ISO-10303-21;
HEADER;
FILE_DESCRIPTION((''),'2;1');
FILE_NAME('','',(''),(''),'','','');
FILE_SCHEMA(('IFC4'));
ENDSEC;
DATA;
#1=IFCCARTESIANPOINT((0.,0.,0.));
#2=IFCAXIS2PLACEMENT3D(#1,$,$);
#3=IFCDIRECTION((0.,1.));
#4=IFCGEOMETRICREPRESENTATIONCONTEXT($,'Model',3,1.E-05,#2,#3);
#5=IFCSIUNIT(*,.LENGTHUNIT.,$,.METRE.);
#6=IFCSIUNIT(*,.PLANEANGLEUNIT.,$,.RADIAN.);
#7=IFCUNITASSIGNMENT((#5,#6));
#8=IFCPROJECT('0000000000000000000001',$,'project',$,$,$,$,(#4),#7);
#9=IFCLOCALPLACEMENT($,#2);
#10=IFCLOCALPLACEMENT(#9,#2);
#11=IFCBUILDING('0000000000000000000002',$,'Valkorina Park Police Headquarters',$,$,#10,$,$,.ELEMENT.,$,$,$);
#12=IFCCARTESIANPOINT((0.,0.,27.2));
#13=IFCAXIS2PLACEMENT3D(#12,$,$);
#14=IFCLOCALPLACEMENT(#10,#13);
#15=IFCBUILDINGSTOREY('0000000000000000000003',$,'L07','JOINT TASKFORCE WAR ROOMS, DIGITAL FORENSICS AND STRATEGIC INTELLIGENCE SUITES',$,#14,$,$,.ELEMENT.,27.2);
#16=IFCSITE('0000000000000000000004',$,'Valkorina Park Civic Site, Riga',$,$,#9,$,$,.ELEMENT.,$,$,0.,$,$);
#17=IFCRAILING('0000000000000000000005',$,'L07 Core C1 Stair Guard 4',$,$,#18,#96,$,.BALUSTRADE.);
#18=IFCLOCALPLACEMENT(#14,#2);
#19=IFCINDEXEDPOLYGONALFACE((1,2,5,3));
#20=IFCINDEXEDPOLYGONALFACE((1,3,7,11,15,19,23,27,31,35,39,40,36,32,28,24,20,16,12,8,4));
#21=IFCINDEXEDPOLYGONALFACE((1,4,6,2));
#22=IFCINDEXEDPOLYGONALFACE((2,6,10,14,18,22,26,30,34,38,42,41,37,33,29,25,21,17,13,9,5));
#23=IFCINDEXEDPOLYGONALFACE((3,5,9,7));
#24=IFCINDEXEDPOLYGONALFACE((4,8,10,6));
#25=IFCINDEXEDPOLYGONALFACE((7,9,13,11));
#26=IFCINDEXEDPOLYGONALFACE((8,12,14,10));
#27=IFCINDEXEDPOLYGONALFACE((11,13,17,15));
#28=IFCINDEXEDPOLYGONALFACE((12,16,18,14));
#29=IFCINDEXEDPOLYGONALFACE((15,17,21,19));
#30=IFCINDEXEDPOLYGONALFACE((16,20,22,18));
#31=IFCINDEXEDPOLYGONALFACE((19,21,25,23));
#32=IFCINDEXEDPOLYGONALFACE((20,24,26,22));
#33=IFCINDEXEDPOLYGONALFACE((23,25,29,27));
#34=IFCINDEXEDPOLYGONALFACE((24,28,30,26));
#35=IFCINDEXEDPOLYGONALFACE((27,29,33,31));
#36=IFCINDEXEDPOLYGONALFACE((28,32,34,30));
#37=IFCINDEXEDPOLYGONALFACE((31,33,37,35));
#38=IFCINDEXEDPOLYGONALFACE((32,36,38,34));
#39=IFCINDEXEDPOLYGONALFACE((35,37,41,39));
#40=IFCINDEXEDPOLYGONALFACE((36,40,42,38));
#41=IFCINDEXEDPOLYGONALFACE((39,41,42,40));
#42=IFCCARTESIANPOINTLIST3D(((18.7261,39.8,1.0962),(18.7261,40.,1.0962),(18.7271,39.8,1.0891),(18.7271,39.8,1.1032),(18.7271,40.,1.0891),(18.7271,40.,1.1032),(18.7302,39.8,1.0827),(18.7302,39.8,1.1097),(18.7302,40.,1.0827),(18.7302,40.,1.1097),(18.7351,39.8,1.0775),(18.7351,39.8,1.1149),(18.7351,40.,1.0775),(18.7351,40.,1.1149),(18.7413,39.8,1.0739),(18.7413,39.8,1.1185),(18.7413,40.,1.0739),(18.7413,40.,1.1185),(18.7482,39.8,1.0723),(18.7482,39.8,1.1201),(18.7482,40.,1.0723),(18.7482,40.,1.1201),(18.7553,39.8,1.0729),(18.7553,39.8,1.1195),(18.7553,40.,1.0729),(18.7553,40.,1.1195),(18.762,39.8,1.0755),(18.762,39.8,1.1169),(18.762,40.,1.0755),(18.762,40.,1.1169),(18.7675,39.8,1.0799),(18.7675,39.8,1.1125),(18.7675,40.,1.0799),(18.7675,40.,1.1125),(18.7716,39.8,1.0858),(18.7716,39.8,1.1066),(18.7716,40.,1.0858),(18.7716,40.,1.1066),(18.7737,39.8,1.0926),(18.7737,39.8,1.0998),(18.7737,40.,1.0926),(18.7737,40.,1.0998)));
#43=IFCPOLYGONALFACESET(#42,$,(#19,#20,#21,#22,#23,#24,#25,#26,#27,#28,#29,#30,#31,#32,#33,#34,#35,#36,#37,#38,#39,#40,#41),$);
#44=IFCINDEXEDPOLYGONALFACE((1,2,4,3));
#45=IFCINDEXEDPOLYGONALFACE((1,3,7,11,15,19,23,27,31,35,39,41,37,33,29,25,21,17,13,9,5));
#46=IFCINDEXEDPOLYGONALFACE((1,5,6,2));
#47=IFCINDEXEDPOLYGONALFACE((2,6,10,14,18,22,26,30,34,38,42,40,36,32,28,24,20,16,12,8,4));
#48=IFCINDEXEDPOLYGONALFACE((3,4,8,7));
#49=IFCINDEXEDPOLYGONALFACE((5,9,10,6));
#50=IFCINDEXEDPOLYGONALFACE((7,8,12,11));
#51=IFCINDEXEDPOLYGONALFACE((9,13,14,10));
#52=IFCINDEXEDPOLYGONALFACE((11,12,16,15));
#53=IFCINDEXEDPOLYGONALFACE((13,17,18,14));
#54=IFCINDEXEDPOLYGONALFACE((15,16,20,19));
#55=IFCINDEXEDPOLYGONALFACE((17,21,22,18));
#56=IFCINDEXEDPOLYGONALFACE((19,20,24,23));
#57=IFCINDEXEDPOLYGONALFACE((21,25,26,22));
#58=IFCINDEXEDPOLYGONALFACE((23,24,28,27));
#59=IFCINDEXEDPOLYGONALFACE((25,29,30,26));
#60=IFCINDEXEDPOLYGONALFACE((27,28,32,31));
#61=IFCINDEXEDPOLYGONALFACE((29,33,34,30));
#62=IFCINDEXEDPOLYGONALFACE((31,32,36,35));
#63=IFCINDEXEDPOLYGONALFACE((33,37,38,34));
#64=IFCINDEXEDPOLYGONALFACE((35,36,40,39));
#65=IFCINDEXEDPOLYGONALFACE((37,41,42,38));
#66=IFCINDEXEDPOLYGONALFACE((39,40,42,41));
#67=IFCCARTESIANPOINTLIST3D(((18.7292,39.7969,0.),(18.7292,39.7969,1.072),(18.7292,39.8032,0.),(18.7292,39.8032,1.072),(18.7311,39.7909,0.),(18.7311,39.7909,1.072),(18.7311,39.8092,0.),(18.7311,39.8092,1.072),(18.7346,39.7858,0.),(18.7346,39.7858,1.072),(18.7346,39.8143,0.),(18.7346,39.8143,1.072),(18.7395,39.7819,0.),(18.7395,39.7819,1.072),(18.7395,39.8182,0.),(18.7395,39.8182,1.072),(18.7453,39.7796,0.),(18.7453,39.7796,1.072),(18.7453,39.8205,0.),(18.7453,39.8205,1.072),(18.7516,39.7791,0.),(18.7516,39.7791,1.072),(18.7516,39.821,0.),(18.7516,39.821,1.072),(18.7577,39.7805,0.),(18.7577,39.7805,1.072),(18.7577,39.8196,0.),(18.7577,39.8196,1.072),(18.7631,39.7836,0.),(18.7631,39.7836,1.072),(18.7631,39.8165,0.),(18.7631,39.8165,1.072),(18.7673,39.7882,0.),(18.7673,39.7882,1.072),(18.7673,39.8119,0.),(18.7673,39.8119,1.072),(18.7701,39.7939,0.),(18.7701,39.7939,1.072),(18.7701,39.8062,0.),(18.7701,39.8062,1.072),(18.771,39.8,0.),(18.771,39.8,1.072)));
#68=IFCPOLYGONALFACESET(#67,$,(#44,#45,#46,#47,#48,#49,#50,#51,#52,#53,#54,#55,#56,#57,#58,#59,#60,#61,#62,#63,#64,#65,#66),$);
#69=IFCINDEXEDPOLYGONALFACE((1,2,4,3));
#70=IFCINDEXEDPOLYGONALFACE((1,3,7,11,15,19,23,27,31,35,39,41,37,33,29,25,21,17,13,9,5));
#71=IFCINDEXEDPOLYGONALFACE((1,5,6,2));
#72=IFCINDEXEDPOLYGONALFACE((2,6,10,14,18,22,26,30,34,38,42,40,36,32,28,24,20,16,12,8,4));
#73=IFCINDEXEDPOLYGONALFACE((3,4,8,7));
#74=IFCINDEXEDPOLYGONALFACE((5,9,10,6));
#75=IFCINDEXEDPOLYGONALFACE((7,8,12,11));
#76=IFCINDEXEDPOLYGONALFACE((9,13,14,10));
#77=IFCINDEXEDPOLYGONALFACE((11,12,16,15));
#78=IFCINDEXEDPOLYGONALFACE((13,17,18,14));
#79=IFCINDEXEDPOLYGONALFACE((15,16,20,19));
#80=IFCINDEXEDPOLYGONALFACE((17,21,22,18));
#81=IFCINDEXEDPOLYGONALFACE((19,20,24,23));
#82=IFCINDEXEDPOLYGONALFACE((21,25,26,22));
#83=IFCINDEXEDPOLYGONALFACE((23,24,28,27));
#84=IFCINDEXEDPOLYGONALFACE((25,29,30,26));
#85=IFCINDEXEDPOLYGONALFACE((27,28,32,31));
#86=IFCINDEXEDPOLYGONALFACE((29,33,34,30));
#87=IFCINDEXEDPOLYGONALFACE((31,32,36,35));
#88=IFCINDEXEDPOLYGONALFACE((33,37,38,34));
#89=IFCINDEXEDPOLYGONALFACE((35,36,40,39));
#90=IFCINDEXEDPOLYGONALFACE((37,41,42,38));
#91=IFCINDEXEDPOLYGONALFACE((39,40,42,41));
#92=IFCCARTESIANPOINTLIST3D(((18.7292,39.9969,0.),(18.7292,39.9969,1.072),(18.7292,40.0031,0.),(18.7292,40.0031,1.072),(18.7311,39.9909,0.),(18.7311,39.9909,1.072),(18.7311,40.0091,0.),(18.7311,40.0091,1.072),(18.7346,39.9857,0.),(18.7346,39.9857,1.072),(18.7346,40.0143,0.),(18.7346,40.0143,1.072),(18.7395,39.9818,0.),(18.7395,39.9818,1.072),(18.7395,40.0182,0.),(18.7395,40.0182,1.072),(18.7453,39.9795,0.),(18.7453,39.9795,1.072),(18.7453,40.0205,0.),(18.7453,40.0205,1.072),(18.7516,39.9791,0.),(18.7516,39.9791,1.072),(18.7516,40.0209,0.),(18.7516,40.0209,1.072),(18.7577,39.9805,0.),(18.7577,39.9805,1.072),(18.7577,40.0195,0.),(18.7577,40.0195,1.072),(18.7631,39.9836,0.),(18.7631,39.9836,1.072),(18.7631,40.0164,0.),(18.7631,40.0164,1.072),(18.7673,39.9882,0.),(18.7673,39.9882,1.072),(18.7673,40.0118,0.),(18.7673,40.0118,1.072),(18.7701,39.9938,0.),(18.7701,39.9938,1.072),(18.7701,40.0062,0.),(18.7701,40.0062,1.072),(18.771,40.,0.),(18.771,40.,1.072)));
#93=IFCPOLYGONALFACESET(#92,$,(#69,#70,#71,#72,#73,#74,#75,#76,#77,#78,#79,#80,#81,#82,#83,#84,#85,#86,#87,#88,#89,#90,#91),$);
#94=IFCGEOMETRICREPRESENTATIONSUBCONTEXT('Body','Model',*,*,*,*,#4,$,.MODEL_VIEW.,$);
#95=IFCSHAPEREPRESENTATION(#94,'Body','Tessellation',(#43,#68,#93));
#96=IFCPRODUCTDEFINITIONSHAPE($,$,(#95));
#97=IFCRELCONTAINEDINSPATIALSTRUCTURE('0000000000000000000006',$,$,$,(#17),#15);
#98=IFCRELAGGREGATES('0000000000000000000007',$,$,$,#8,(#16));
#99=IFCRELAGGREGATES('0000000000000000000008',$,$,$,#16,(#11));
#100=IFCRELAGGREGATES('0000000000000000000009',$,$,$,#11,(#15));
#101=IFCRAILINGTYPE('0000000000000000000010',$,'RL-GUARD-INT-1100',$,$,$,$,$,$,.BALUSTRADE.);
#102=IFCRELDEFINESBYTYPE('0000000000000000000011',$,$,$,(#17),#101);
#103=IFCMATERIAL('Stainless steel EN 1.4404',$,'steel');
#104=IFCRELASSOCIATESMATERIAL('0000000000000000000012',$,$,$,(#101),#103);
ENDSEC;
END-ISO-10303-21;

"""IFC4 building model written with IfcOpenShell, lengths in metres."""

from ifc_helpers import new_model, si_unit, direction, frame, origin, origin_2d, place, context, subcontext, project, spatial, circle, extrude, material, type_object, element, save


model = new_model("IFC4")

# Units and contexts
model_context = context("Model", 3, precision=1e-05, world=origin(), true_north=direction((0.0, 1.0)))
body_context = subcontext(model_context, "Body", "Model", "MODEL_VIEW")
ifc_project = project(units=[si_unit("LENGTHUNIT", "METRE"), si_unit("PLANEANGLEUNIT", "RADIAN")], contexts=[model_context])

# Site, building, storey
site_placement = place(None, origin())
site = spatial("IfcSite", under=ifc_project, at=site_placement, Name="Valkorina Park Civic Site, Riga", CompositionType="ELEMENT", RefElevation=0.0)
building_placement = place(site_placement, origin())
building = spatial("IfcBuilding", under=site, at=building_placement, Name="Valkorina Park Police Headquarters", CompositionType="ELEMENT")
storey_placement = place(building_placement, frame((0.0, 0.0, 27.2)))
storey = spatial("IfcBuildingStorey", under=building, at=storey_placement, Name="L07", Description="JOINT TASKFORCE WAR ROOMS, DIGITAL FORENSICS AND STRATEGIC INTELLIGENCE SUITES", CompositionType="ELEMENT", Elevation=27.2)

# Railing
ifc_material_1 = material(Name="Stainless steel EN 1.4404", Category="steel")
railing_type_1 = type_object("IfcRailingType", Name="RL-GUARD-INT-1100", PredefinedType="BALUSTRADE", material=ifc_material_1)
railing_1_placement = place(storey_placement, frame((18.75, 39.8, 0.0)))
element("IfcRailing", 1, at=railing_1_placement, inside=storey, type_object=railing_type_1, Name="L07 Core C1 Stair Guard 4", PredefinedType="BALUSTRADE", context=body_context, shape_type="SweptSolid", body=[
    extrude(circle(Radius=0.0239, at=origin_2d()), frame((0.0, 0.0, 1.0962), z_axis=(0.0, 1.0, 0.0), x_axis=(-1.0, 0.0, 0.0)), (0.0, 0.0, 1.0), 0.2),
    extrude(circle(Radius=0.021, at=origin_2d()), origin(), (0.0, 0.0, 1.0), 1.072),
    extrude(circle(Radius=0.021, at=origin_2d()), frame((0.0, 0.2, 0.0)), (0.0, 0.0, 1.0), 1.072),
])

save(model, "model.ifc")
